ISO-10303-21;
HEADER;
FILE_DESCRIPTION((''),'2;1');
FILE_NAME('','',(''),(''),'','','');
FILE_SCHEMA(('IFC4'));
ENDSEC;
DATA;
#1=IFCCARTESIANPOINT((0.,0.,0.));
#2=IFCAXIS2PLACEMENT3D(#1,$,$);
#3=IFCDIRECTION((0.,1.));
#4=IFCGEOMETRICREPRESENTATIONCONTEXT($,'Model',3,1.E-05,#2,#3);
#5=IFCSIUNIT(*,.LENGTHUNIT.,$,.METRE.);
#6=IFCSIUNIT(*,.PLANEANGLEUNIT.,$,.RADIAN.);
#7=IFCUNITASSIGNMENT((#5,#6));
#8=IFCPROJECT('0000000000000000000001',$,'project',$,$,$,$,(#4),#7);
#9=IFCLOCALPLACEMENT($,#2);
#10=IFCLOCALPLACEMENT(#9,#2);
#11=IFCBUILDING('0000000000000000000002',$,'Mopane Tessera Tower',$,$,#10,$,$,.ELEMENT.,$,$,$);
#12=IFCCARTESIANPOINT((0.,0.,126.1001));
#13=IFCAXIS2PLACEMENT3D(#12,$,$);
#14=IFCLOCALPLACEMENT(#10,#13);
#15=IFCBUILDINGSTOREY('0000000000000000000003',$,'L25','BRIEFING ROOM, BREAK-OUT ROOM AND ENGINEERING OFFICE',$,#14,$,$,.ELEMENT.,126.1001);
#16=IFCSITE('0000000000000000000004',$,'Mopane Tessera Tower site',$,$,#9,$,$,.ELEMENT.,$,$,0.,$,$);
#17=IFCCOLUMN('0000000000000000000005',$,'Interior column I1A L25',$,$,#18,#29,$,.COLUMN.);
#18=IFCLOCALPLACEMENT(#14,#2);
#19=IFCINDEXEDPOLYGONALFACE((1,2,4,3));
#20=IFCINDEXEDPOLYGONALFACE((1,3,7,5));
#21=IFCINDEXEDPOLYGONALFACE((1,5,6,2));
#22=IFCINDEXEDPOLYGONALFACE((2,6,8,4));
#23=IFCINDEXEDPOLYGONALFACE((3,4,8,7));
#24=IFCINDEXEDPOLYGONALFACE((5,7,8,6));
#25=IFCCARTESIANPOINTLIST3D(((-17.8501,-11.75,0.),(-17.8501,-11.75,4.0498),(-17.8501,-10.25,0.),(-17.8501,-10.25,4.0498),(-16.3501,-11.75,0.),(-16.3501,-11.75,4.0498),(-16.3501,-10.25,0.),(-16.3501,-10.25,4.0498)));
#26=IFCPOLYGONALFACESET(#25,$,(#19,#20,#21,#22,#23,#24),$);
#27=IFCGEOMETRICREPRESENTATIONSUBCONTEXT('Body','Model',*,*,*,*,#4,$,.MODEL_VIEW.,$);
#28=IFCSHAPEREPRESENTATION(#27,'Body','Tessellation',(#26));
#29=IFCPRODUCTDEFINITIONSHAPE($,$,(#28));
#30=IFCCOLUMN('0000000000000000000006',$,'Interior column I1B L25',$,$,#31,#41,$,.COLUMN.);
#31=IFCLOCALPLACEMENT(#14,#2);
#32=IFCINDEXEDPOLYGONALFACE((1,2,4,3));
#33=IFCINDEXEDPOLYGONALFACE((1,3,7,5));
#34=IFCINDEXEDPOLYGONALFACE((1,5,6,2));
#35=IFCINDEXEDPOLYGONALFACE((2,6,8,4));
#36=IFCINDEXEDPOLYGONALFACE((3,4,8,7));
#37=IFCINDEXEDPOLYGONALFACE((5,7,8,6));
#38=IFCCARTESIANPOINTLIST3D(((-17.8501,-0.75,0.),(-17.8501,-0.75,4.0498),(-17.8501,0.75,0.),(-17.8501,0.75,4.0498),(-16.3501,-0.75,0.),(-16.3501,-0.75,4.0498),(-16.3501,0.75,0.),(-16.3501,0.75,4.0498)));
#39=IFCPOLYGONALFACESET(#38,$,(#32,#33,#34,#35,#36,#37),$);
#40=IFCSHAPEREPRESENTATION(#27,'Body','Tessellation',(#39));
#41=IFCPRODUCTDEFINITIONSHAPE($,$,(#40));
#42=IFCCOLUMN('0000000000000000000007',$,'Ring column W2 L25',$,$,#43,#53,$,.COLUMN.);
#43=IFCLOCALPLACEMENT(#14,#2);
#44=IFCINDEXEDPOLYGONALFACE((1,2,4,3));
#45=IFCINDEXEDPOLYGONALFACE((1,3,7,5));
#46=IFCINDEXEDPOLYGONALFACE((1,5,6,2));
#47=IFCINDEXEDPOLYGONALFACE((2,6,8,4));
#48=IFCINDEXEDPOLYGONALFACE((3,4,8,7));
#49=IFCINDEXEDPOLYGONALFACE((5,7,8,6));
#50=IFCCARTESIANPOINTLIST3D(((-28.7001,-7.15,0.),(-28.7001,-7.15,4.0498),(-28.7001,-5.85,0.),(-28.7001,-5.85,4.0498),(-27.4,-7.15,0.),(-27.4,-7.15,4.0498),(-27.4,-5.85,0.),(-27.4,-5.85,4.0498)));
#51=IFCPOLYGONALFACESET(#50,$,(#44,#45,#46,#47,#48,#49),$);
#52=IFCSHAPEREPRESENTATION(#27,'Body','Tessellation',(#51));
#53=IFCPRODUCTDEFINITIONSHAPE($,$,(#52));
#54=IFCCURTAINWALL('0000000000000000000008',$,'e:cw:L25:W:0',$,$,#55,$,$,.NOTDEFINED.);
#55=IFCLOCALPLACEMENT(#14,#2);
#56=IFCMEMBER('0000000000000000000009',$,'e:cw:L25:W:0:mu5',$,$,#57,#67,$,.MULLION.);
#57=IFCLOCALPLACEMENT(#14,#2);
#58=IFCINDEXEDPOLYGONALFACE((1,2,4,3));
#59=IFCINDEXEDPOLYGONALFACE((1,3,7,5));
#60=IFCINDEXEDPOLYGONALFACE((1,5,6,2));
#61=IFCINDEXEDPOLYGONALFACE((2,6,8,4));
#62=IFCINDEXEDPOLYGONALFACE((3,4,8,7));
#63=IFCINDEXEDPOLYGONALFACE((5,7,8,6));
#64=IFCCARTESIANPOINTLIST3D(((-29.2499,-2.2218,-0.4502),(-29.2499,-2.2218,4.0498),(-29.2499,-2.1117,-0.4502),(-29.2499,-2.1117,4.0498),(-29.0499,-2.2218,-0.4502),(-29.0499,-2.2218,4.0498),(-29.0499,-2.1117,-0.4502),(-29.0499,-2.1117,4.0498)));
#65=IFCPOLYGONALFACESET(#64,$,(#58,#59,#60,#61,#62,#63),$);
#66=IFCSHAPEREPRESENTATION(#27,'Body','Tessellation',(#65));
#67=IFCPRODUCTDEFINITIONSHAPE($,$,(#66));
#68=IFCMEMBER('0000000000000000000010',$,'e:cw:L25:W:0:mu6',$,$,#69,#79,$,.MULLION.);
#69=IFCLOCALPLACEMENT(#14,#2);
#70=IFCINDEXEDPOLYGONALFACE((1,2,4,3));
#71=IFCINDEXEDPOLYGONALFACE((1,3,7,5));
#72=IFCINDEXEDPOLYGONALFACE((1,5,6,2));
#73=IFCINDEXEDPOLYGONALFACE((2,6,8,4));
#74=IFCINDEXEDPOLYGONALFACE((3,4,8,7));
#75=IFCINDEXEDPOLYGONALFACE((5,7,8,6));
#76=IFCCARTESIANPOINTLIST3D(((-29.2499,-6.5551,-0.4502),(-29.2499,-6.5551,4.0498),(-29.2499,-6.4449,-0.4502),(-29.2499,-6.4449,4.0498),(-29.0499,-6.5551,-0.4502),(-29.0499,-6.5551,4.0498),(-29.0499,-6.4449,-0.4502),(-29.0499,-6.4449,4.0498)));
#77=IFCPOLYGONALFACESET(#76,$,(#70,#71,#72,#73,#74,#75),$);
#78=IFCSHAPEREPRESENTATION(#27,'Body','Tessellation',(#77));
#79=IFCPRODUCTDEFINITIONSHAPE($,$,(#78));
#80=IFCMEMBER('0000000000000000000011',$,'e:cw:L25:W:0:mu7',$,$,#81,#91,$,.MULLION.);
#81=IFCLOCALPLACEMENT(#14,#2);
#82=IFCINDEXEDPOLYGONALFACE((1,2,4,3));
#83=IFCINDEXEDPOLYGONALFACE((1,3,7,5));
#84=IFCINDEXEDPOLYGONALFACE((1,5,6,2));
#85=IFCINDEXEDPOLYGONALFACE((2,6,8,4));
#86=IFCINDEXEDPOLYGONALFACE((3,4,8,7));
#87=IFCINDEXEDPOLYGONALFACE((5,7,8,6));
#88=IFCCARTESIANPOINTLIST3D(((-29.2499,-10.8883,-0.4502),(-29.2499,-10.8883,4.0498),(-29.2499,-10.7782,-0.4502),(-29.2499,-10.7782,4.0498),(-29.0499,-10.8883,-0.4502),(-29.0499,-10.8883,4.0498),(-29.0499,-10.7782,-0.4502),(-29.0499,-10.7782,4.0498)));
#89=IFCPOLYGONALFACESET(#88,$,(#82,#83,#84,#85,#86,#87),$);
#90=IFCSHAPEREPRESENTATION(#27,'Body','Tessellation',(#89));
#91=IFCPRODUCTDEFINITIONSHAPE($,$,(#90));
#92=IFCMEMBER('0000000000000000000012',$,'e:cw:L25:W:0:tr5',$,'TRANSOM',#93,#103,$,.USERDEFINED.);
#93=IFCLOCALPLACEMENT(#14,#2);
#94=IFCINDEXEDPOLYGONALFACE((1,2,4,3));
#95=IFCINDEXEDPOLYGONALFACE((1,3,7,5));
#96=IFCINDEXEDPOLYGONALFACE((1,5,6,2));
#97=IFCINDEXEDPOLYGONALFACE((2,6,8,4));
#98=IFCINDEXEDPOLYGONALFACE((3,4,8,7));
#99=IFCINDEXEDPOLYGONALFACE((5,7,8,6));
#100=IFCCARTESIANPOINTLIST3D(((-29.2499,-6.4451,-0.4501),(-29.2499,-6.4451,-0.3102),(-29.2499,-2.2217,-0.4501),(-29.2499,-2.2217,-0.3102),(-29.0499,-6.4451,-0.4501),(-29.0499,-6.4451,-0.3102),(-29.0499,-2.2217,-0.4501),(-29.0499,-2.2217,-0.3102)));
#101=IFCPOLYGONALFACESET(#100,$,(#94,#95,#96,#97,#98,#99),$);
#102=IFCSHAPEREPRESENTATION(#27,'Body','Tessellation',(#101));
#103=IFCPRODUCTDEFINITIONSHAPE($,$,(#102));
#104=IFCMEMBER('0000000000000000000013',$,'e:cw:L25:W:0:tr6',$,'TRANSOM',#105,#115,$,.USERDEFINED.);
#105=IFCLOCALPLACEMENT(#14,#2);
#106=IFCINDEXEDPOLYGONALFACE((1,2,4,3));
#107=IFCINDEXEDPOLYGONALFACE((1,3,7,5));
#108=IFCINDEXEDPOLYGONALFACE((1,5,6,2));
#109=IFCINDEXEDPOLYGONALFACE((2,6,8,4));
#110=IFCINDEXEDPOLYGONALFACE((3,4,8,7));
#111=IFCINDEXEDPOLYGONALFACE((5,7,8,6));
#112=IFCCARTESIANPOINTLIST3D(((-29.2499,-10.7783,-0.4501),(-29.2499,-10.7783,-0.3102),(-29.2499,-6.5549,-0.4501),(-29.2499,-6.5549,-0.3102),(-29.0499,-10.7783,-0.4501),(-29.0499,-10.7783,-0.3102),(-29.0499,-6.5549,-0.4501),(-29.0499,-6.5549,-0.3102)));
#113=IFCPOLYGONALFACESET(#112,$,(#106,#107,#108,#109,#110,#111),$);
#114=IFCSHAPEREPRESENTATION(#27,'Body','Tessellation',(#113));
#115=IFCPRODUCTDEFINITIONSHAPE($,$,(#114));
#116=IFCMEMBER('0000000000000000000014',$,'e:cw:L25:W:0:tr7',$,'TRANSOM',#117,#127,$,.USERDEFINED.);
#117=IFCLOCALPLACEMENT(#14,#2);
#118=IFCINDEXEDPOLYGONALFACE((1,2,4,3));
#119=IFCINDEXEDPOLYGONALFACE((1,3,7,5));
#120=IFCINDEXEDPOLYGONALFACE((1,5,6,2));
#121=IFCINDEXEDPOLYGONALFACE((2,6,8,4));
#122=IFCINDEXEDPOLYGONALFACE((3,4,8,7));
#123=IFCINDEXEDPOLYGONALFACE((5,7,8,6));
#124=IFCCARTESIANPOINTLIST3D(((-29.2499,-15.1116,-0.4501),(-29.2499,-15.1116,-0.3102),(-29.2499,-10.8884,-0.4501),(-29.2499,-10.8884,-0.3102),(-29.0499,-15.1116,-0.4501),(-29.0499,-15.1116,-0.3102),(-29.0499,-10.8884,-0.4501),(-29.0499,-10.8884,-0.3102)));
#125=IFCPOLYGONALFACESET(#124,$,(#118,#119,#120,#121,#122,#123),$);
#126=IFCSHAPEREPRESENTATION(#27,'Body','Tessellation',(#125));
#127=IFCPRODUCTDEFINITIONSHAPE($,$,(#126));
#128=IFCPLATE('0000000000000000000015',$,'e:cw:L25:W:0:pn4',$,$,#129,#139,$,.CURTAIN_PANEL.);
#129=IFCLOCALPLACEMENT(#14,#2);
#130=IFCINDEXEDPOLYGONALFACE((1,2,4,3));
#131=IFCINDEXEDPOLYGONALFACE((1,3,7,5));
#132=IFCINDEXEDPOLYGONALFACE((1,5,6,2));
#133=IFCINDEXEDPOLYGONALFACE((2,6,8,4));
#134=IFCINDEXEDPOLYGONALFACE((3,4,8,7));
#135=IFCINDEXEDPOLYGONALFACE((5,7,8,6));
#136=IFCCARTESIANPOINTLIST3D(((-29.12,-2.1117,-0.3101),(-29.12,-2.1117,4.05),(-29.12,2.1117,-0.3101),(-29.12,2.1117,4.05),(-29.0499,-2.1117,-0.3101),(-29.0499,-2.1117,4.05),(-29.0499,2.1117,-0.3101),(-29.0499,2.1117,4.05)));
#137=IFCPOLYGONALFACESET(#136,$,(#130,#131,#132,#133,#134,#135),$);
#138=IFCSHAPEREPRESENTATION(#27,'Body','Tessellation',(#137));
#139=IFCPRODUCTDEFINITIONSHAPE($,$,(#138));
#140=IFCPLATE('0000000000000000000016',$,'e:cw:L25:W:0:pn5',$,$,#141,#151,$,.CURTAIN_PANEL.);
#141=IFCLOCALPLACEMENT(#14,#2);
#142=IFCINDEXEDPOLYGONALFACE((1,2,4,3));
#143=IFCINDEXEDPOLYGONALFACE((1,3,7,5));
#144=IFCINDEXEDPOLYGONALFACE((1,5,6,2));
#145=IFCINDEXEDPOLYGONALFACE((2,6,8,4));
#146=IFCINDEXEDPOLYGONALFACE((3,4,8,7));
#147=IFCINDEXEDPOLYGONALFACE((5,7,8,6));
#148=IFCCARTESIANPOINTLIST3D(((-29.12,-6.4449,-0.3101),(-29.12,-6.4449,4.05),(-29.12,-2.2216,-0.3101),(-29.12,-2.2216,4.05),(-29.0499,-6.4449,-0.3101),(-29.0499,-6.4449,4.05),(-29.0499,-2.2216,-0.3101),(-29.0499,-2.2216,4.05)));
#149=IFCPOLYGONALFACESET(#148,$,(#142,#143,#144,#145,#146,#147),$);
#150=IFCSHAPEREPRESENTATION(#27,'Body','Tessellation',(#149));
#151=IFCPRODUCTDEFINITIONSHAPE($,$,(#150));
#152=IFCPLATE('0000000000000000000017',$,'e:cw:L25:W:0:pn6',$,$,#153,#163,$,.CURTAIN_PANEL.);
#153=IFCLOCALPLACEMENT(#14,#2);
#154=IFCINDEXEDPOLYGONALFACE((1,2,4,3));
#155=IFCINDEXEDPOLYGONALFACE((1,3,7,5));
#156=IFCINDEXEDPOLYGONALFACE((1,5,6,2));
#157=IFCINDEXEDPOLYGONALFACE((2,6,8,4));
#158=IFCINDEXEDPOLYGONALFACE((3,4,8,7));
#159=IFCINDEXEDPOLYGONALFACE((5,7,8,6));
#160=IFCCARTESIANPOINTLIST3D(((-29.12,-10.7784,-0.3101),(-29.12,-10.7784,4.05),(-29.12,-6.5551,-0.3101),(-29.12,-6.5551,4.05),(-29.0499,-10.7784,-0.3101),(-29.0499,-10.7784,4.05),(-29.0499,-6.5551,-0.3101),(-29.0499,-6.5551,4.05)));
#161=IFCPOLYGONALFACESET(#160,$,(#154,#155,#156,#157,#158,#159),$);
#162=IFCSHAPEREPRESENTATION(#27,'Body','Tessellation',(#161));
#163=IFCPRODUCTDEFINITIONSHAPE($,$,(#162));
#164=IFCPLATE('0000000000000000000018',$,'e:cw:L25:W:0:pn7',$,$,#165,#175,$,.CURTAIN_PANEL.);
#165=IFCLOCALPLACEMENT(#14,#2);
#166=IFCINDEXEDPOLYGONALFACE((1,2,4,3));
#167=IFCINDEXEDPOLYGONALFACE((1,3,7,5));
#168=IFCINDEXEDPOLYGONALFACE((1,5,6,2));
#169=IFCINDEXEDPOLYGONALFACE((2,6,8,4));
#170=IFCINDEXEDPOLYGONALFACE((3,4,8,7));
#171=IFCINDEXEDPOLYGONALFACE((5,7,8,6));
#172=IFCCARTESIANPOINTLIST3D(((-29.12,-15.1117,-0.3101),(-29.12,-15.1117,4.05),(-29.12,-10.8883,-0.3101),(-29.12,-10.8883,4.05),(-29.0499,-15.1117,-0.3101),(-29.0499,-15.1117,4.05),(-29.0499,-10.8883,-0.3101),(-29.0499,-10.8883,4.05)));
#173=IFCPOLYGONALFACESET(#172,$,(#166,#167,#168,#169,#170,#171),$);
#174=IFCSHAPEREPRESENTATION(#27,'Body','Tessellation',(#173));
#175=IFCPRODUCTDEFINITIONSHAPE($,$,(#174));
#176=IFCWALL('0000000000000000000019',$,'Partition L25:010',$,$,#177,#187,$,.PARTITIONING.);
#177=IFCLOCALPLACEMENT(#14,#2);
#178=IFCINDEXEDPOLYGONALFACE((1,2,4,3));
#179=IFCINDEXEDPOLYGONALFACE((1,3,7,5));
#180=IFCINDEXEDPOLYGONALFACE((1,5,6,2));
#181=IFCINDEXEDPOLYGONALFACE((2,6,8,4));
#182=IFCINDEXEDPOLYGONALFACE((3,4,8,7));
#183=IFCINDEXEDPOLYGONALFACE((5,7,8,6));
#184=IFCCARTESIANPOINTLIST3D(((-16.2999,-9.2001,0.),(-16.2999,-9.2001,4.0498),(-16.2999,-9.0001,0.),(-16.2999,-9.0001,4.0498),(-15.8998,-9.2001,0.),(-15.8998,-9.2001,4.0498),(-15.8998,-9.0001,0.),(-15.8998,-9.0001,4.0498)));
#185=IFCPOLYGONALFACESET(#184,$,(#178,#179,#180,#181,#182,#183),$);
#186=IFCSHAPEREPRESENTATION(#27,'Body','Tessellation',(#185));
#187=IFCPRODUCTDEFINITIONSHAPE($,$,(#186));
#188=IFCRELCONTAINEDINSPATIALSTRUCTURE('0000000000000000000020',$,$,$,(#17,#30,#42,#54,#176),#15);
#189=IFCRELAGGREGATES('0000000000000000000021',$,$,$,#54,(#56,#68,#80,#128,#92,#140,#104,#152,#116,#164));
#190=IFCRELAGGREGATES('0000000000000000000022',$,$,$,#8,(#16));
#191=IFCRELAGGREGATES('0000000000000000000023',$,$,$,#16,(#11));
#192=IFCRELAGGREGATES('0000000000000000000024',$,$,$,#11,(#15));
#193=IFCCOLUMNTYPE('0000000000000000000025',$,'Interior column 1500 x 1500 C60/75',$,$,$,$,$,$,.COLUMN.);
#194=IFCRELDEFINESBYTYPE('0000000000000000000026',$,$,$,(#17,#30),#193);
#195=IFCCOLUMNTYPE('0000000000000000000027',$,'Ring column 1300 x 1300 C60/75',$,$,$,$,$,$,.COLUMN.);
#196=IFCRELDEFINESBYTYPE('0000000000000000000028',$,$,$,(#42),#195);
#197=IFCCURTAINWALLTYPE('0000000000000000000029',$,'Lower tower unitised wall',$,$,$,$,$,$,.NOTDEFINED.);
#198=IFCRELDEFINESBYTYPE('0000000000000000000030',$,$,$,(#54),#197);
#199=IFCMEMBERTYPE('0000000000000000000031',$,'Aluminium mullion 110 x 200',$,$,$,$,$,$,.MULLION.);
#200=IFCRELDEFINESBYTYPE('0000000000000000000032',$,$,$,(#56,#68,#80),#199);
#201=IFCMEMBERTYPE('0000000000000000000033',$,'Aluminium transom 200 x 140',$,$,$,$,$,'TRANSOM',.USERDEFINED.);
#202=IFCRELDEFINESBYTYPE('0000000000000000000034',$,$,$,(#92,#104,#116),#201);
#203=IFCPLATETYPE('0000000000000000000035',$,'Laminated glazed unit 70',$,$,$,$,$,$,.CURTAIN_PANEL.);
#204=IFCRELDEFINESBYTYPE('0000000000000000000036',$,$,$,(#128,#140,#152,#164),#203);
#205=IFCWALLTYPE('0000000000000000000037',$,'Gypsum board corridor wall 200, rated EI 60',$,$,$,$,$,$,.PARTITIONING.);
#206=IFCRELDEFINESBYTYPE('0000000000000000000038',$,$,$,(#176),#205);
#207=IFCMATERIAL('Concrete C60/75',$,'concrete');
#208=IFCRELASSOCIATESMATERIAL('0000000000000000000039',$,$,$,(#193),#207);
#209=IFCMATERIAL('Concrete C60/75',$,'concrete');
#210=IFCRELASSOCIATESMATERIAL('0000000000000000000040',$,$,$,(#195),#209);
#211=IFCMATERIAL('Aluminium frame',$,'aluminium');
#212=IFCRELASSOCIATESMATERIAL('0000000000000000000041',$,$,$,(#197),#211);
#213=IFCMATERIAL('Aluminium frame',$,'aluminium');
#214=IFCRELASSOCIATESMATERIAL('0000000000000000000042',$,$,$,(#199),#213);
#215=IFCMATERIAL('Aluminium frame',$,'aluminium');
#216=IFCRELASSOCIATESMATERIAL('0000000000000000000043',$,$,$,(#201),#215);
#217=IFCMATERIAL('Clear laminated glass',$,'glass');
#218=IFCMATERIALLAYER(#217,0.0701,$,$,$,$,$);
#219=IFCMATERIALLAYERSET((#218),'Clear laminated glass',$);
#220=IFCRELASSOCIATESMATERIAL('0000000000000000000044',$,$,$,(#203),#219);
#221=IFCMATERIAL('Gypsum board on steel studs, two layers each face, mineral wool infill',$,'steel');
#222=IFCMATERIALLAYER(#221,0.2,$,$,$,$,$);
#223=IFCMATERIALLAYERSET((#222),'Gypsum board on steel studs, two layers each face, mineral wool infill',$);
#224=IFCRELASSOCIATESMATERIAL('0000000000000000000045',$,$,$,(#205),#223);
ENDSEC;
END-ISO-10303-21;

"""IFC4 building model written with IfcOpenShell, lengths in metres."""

from ifc_helpers import new_model, si_unit, direction, frame, frame_2d, origin, origin_2d, place, context, subcontext, project, spatial, rectangle, extrude, material, layer, layer_set, material_profile, profile_set, type_object, element, aggregate, save


model = new_model("IFC4")

# Units and contexts
model_context = context("Model", 3, precision=1e-05, world=origin(), true_north=direction((0.0, 1.0)))
body_context = subcontext(model_context, "Body", "Model", "MODEL_VIEW")
ifc_project = project(units=[si_unit("LENGTHUNIT", "METRE"), si_unit("PLANEANGLEUNIT", "RADIAN")], contexts=[model_context])

# Site, building, storey
site_placement = place(None, origin())
site = spatial("IfcSite", under=ifc_project, at=site_placement, Name="Mopane Tessera Tower site", CompositionType="ELEMENT", RefElevation=0.0)
building_placement = place(site_placement, origin())
building = spatial("IfcBuilding", under=site, at=building_placement, Name="Mopane Tessera Tower", CompositionType="ELEMENT")
storey_placement = place(building_placement, frame((0.0, 0.0, 126.1001)))
storey = spatial("IfcBuildingStorey", under=building, at=storey_placement, Name="L25", Description="BRIEFING ROOM, BREAK-OUT ROOM AND ENGINEERING OFFICE", CompositionType="ELEMENT", Elevation=126.1001)

# Columns
ifc_material_1 = material(Name="Concrete C60/75", Category="concrete")
ifc_material_profile_1 = material_profile(ifc_material_1, rectangle(XDim=1.5, YDim=1.5, at=origin_2d()))
ifc_profile_set_1 = profile_set([ifc_material_profile_1], Name="Concrete C60/75")
column_type_1 = type_object("IfcColumnType", Name="Interior column 1500 x 1500 C60/75", PredefinedType="COLUMN", material=ifc_profile_set_1)
for number, where, z_axis, x_axis, name in (
    (1, (-17.1001, -11.0, 0.0), (0.0, 0.0, 1.0), (1.0, 0.0, 0.0), "Interior column I1A L25"),
    (2, (-17.1001, 0.0, 0.0), (0.0, 0.0, 1.0), (1.0, 0.0, 0.0), "Interior column I1B L25"),
):
    element("IfcColumn", number, at=place(storey_placement, frame(where, z_axis=z_axis, x_axis=x_axis)), inside=storey, type_object=column_type_1, Name=name, PredefinedType="COLUMN", context=body_context, shape_type="SweptSolid", body=[
        extrude(rectangle(XDim=1.5, YDim=1.5, at=origin_2d()), origin(), (0.0, 0.0, 1.0), 4.0498),
    ])
ifc_material_2 = material(Name="Concrete C60/75", Category="concrete")
ifc_material_profile_2 = material_profile(ifc_material_2, rectangle(XDim=1.3, YDim=1.3, at=origin_2d()))
ifc_profile_set_2 = profile_set([ifc_material_profile_2], Name="Concrete C60/75")
column_type_2 = type_object("IfcColumnType", Name="Ring column 1300 x 1300 C60/75", PredefinedType="COLUMN", material=ifc_profile_set_2)
column_placement = place(storey_placement, frame((-28.05, -6.5, 0.0), z_axis=(0.0, 0.0, 1.0), x_axis=(1.0, 0.0, 0.0)))
element("IfcColumn", 3, at=column_placement, inside=storey, type_object=column_type_2, Name="Ring column W2 L25", PredefinedType="COLUMN", context=body_context, shape_type="SweptSolid", body=[
    extrude(rectangle(XDim=1.3, YDim=1.3, at=origin_2d()), origin(), (0.0, 0.0, 1.0), 4.0498),
])

# Curtain wall, members, plates
ifc_material_3 = material(Name="Aluminium frame", Category="aluminium")
curtain_wall_type = type_object("IfcCurtainWallType", Name="Lower tower unitised wall", PredefinedType="NOTDEFINED", material=ifc_material_3)
curtain_wall_placement = place(storey_placement, origin())
curtain_wall = element("IfcCurtainWall", 4, at=curtain_wall_placement, inside=storey, type_object=curtain_wall_type, Name="e:cw:L25:W:0", PredefinedType="NOTDEFINED")
ifc_material_4 = material(Name="Aluminium frame", Category="aluminium")
ifc_material_profile_3 = material_profile(ifc_material_4, rectangle(XDim=0.1101, YDim=0.2, at=origin_2d()))
ifc_profile_set_3 = profile_set([ifc_material_profile_3], Name="Aluminium frame")
member_type_1 = type_object("IfcMemberType", Name="Aluminium mullion 110 x 200", PredefinedType="MULLION", material=ifc_profile_set_3)
member_1_placement = place(storey_placement, frame((-29.1499, -2.1667, -0.4502), z_axis=(0.0, 0.0, 1.0), x_axis=(0.0, -1.0, 0.0)))
member_1 = element("IfcMember", 5, at=member_1_placement, type_object=member_type_1, Name="e:cw:L25:W:0:mu5", PredefinedType="MULLION", context=body_context, shape_type="SweptSolid", body=[
    extrude(rectangle(XDim=0.1101, YDim=0.2, at=origin_2d()), origin(), (0.0, 0.0, 1.0), 4.5),
])
member_2_placement = place(storey_placement, frame((-29.1499, -6.5, -0.4502), z_axis=(0.0, 0.0, 1.0), x_axis=(0.0, -1.0, 0.0)))
member_2 = element("IfcMember", 6, at=member_2_placement, type_object=member_type_1, Name="e:cw:L25:W:0:mu6", PredefinedType="MULLION", context=body_context, shape_type="SweptSolid", body=[
    extrude(rectangle(XDim=0.1101, YDim=0.2, at=origin_2d()), origin(), (0.0, 0.0, 1.0), 4.5),
])
member_3_placement = place(storey_placement, frame((-29.1499, -10.8333, -0.4502), z_axis=(0.0, 0.0, 1.0), x_axis=(0.0, -1.0, 0.0)))
member_3 = element("IfcMember", 7, at=member_3_placement, type_object=member_type_1, Name="e:cw:L25:W:0:mu7", PredefinedType="MULLION", context=body_context, shape_type="SweptSolid", body=[
    extrude(rectangle(XDim=0.1101, YDim=0.2, at=origin_2d()), origin(), (0.0, 0.0, 1.0), 4.5),
])
ifc_material_5 = material(Name="Aluminium frame", Category="aluminium")
ifc_material_profile_4 = material_profile(ifc_material_5, rectangle(XDim=0.2, YDim=0.1399, at=origin_2d()))
ifc_profile_set_4 = profile_set([ifc_material_profile_4], Name="Aluminium frame")
member_type_2 = type_object("IfcMemberType", Name="Aluminium transom 200 x 140", ElementType="TRANSOM", PredefinedType="USERDEFINED", material=ifc_profile_set_4)
member_4_placement = place(storey_placement, frame((-29.1499, -2.2217, -0.3801), z_axis=(0.0, -1.0, 0.0), x_axis=(1.0, 0.0, 0.0)))
member_4 = element("IfcMember", 8, at=member_4_placement, type_object=member_type_2, Name="e:cw:L25:W:0:tr5", ObjectType="TRANSOM", PredefinedType="USERDEFINED", context=body_context, shape_type="SweptSolid", body=[
    extrude(rectangle(XDim=0.2, YDim=0.1399, at=origin_2d()), origin(), (0.0, 0.0, 1.0), 4.2234),
])
member_5_placement = place(storey_placement, frame((-29.1499, -6.5549, -0.3801), z_axis=(0.0, -1.0, 0.0), x_axis=(1.0, 0.0, 0.0)))
member_5 = element("IfcMember", 9, at=member_5_placement, type_object=member_type_2, Name="e:cw:L25:W:0:tr6", ObjectType="TRANSOM", PredefinedType="USERDEFINED", context=body_context, shape_type="SweptSolid", body=[
    extrude(rectangle(XDim=0.2, YDim=0.1399, at=origin_2d()), origin(), (0.0, 0.0, 1.0), 4.2234),
])
member_6_placement = place(storey_placement, frame((-29.1499, -10.8884, -0.3801), z_axis=(0.0, -1.0, 0.0), x_axis=(1.0, 0.0, 0.0)))
member_6 = element("IfcMember", 10, at=member_6_placement, type_object=member_type_2, Name="e:cw:L25:W:0:tr7", ObjectType="TRANSOM", PredefinedType="USERDEFINED", context=body_context, shape_type="SweptSolid", body=[
    extrude(rectangle(XDim=0.2, YDim=0.1399, at=origin_2d()), origin(), (0.0, 0.0, 1.0), 4.2231),
])
ifc_material_6 = material(Name="Clear laminated glass", Category="glass")
ifc_layer_1 = layer(ifc_material_6, 0.0701)
ifc_layer_set_1 = layer_set([ifc_layer_1], Name="Clear laminated glass")
plate_type = type_object("IfcPlateType", Name="Laminated glazed unit 70", PredefinedType="CURTAIN_PANEL", material=ifc_layer_set_1)
plate_1_placement = place(storey_placement, frame((-29.085, 0.0, -0.3101), z_axis=(0.0, 0.0, 1.0), x_axis=(0.0, -1.0, 0.0)))
plate_1 = element("IfcPlate", 11, at=plate_1_placement, type_object=plate_type, Name="e:cw:L25:W:0:pn4", PredefinedType="CURTAIN_PANEL", context=body_context, shape_type="SweptSolid", body=[
    extrude(rectangle(XDim=4.2234, YDim=0.0701, at=origin_2d()), origin(), (0.0, 0.0, 1.0), 4.3601),
])
plate_2_placement = place(storey_placement, frame((-29.085, -4.3333, -0.3101), z_axis=(0.0, 0.0, 1.0), x_axis=(0.0, -1.0, 0.0)))
plate_2 = element("IfcPlate", 12, at=plate_2_placement, type_object=plate_type, Name="e:cw:L25:W:0:pn5", PredefinedType="CURTAIN_PANEL", context=body_context, shape_type="SweptSolid", body=[
    extrude(rectangle(XDim=4.2234, YDim=0.0701, at=origin_2d()), origin(), (0.0, 0.0, 1.0), 4.3601),
])
plate_3_placement = place(storey_placement, frame((-29.085, -8.6667, -0.3101), z_axis=(0.0, 0.0, 1.0), x_axis=(0.0, -1.0, 0.0)))
plate_3 = element("IfcPlate", 13, at=plate_3_placement, type_object=plate_type, Name="e:cw:L25:W:0:pn6", PredefinedType="CURTAIN_PANEL", context=body_context, shape_type="SweptSolid", body=[
    extrude(rectangle(XDim=4.2234, YDim=0.0701, at=origin_2d()), origin(), (0.0, 0.0, 1.0), 4.3601),
])
plate_4_placement = place(storey_placement, frame((-29.085, -13.0, -0.3101), z_axis=(0.0, 0.0, 1.0), x_axis=(0.0, -1.0, 0.0)))
plate_4 = element("IfcPlate", 14, at=plate_4_placement, type_object=plate_type, Name="e:cw:L25:W:0:pn7", PredefinedType="CURTAIN_PANEL", context=body_context, shape_type="SweptSolid", body=[
    extrude(rectangle(XDim=4.2234, YDim=0.0701, at=origin_2d()), origin(), (0.0, 0.0, 1.0), 4.3601),
])
aggregate(curtain_wall, [member_1, member_2, member_3, plate_1, member_4, plate_2, member_5, plate_3, member_6, plate_4])

# Wall
ifc_material_7 = material(Name="Gypsum board on steel studs, two layers each face, mineral wool infill", Category="steel")
ifc_layer_2 = layer(ifc_material_7, 0.2)
ifc_layer_set_2 = layer_set([ifc_layer_2], Name="Gypsum board on steel studs, two layers each face, mineral wool infill")
wall_type_1 = type_object("IfcWallType", Name="Gypsum board corridor wall 200, rated EI 60", PredefinedType="PARTITIONING", material=ifc_layer_set_2)
wall_1_placement = place(storey_placement, frame((-16.3, -9.1001, 0.0), z_axis=(0.0, 0.0, 1.0), x_axis=(1.0, 0.0, 0.0)))
element("IfcWall", 15, at=wall_1_placement, inside=storey, type_object=wall_type_1, Name="Partition L25:010", PredefinedType="PARTITIONING", context=body_context, shape_type="SweptSolid", body=[
    extrude(rectangle(XDim=0.4001, YDim=0.2, at=frame_2d((0.2002, 0.0))), origin(), (0.0, 0.0, 1.0), 4.0498),
])

save(model, "model.ifc")
